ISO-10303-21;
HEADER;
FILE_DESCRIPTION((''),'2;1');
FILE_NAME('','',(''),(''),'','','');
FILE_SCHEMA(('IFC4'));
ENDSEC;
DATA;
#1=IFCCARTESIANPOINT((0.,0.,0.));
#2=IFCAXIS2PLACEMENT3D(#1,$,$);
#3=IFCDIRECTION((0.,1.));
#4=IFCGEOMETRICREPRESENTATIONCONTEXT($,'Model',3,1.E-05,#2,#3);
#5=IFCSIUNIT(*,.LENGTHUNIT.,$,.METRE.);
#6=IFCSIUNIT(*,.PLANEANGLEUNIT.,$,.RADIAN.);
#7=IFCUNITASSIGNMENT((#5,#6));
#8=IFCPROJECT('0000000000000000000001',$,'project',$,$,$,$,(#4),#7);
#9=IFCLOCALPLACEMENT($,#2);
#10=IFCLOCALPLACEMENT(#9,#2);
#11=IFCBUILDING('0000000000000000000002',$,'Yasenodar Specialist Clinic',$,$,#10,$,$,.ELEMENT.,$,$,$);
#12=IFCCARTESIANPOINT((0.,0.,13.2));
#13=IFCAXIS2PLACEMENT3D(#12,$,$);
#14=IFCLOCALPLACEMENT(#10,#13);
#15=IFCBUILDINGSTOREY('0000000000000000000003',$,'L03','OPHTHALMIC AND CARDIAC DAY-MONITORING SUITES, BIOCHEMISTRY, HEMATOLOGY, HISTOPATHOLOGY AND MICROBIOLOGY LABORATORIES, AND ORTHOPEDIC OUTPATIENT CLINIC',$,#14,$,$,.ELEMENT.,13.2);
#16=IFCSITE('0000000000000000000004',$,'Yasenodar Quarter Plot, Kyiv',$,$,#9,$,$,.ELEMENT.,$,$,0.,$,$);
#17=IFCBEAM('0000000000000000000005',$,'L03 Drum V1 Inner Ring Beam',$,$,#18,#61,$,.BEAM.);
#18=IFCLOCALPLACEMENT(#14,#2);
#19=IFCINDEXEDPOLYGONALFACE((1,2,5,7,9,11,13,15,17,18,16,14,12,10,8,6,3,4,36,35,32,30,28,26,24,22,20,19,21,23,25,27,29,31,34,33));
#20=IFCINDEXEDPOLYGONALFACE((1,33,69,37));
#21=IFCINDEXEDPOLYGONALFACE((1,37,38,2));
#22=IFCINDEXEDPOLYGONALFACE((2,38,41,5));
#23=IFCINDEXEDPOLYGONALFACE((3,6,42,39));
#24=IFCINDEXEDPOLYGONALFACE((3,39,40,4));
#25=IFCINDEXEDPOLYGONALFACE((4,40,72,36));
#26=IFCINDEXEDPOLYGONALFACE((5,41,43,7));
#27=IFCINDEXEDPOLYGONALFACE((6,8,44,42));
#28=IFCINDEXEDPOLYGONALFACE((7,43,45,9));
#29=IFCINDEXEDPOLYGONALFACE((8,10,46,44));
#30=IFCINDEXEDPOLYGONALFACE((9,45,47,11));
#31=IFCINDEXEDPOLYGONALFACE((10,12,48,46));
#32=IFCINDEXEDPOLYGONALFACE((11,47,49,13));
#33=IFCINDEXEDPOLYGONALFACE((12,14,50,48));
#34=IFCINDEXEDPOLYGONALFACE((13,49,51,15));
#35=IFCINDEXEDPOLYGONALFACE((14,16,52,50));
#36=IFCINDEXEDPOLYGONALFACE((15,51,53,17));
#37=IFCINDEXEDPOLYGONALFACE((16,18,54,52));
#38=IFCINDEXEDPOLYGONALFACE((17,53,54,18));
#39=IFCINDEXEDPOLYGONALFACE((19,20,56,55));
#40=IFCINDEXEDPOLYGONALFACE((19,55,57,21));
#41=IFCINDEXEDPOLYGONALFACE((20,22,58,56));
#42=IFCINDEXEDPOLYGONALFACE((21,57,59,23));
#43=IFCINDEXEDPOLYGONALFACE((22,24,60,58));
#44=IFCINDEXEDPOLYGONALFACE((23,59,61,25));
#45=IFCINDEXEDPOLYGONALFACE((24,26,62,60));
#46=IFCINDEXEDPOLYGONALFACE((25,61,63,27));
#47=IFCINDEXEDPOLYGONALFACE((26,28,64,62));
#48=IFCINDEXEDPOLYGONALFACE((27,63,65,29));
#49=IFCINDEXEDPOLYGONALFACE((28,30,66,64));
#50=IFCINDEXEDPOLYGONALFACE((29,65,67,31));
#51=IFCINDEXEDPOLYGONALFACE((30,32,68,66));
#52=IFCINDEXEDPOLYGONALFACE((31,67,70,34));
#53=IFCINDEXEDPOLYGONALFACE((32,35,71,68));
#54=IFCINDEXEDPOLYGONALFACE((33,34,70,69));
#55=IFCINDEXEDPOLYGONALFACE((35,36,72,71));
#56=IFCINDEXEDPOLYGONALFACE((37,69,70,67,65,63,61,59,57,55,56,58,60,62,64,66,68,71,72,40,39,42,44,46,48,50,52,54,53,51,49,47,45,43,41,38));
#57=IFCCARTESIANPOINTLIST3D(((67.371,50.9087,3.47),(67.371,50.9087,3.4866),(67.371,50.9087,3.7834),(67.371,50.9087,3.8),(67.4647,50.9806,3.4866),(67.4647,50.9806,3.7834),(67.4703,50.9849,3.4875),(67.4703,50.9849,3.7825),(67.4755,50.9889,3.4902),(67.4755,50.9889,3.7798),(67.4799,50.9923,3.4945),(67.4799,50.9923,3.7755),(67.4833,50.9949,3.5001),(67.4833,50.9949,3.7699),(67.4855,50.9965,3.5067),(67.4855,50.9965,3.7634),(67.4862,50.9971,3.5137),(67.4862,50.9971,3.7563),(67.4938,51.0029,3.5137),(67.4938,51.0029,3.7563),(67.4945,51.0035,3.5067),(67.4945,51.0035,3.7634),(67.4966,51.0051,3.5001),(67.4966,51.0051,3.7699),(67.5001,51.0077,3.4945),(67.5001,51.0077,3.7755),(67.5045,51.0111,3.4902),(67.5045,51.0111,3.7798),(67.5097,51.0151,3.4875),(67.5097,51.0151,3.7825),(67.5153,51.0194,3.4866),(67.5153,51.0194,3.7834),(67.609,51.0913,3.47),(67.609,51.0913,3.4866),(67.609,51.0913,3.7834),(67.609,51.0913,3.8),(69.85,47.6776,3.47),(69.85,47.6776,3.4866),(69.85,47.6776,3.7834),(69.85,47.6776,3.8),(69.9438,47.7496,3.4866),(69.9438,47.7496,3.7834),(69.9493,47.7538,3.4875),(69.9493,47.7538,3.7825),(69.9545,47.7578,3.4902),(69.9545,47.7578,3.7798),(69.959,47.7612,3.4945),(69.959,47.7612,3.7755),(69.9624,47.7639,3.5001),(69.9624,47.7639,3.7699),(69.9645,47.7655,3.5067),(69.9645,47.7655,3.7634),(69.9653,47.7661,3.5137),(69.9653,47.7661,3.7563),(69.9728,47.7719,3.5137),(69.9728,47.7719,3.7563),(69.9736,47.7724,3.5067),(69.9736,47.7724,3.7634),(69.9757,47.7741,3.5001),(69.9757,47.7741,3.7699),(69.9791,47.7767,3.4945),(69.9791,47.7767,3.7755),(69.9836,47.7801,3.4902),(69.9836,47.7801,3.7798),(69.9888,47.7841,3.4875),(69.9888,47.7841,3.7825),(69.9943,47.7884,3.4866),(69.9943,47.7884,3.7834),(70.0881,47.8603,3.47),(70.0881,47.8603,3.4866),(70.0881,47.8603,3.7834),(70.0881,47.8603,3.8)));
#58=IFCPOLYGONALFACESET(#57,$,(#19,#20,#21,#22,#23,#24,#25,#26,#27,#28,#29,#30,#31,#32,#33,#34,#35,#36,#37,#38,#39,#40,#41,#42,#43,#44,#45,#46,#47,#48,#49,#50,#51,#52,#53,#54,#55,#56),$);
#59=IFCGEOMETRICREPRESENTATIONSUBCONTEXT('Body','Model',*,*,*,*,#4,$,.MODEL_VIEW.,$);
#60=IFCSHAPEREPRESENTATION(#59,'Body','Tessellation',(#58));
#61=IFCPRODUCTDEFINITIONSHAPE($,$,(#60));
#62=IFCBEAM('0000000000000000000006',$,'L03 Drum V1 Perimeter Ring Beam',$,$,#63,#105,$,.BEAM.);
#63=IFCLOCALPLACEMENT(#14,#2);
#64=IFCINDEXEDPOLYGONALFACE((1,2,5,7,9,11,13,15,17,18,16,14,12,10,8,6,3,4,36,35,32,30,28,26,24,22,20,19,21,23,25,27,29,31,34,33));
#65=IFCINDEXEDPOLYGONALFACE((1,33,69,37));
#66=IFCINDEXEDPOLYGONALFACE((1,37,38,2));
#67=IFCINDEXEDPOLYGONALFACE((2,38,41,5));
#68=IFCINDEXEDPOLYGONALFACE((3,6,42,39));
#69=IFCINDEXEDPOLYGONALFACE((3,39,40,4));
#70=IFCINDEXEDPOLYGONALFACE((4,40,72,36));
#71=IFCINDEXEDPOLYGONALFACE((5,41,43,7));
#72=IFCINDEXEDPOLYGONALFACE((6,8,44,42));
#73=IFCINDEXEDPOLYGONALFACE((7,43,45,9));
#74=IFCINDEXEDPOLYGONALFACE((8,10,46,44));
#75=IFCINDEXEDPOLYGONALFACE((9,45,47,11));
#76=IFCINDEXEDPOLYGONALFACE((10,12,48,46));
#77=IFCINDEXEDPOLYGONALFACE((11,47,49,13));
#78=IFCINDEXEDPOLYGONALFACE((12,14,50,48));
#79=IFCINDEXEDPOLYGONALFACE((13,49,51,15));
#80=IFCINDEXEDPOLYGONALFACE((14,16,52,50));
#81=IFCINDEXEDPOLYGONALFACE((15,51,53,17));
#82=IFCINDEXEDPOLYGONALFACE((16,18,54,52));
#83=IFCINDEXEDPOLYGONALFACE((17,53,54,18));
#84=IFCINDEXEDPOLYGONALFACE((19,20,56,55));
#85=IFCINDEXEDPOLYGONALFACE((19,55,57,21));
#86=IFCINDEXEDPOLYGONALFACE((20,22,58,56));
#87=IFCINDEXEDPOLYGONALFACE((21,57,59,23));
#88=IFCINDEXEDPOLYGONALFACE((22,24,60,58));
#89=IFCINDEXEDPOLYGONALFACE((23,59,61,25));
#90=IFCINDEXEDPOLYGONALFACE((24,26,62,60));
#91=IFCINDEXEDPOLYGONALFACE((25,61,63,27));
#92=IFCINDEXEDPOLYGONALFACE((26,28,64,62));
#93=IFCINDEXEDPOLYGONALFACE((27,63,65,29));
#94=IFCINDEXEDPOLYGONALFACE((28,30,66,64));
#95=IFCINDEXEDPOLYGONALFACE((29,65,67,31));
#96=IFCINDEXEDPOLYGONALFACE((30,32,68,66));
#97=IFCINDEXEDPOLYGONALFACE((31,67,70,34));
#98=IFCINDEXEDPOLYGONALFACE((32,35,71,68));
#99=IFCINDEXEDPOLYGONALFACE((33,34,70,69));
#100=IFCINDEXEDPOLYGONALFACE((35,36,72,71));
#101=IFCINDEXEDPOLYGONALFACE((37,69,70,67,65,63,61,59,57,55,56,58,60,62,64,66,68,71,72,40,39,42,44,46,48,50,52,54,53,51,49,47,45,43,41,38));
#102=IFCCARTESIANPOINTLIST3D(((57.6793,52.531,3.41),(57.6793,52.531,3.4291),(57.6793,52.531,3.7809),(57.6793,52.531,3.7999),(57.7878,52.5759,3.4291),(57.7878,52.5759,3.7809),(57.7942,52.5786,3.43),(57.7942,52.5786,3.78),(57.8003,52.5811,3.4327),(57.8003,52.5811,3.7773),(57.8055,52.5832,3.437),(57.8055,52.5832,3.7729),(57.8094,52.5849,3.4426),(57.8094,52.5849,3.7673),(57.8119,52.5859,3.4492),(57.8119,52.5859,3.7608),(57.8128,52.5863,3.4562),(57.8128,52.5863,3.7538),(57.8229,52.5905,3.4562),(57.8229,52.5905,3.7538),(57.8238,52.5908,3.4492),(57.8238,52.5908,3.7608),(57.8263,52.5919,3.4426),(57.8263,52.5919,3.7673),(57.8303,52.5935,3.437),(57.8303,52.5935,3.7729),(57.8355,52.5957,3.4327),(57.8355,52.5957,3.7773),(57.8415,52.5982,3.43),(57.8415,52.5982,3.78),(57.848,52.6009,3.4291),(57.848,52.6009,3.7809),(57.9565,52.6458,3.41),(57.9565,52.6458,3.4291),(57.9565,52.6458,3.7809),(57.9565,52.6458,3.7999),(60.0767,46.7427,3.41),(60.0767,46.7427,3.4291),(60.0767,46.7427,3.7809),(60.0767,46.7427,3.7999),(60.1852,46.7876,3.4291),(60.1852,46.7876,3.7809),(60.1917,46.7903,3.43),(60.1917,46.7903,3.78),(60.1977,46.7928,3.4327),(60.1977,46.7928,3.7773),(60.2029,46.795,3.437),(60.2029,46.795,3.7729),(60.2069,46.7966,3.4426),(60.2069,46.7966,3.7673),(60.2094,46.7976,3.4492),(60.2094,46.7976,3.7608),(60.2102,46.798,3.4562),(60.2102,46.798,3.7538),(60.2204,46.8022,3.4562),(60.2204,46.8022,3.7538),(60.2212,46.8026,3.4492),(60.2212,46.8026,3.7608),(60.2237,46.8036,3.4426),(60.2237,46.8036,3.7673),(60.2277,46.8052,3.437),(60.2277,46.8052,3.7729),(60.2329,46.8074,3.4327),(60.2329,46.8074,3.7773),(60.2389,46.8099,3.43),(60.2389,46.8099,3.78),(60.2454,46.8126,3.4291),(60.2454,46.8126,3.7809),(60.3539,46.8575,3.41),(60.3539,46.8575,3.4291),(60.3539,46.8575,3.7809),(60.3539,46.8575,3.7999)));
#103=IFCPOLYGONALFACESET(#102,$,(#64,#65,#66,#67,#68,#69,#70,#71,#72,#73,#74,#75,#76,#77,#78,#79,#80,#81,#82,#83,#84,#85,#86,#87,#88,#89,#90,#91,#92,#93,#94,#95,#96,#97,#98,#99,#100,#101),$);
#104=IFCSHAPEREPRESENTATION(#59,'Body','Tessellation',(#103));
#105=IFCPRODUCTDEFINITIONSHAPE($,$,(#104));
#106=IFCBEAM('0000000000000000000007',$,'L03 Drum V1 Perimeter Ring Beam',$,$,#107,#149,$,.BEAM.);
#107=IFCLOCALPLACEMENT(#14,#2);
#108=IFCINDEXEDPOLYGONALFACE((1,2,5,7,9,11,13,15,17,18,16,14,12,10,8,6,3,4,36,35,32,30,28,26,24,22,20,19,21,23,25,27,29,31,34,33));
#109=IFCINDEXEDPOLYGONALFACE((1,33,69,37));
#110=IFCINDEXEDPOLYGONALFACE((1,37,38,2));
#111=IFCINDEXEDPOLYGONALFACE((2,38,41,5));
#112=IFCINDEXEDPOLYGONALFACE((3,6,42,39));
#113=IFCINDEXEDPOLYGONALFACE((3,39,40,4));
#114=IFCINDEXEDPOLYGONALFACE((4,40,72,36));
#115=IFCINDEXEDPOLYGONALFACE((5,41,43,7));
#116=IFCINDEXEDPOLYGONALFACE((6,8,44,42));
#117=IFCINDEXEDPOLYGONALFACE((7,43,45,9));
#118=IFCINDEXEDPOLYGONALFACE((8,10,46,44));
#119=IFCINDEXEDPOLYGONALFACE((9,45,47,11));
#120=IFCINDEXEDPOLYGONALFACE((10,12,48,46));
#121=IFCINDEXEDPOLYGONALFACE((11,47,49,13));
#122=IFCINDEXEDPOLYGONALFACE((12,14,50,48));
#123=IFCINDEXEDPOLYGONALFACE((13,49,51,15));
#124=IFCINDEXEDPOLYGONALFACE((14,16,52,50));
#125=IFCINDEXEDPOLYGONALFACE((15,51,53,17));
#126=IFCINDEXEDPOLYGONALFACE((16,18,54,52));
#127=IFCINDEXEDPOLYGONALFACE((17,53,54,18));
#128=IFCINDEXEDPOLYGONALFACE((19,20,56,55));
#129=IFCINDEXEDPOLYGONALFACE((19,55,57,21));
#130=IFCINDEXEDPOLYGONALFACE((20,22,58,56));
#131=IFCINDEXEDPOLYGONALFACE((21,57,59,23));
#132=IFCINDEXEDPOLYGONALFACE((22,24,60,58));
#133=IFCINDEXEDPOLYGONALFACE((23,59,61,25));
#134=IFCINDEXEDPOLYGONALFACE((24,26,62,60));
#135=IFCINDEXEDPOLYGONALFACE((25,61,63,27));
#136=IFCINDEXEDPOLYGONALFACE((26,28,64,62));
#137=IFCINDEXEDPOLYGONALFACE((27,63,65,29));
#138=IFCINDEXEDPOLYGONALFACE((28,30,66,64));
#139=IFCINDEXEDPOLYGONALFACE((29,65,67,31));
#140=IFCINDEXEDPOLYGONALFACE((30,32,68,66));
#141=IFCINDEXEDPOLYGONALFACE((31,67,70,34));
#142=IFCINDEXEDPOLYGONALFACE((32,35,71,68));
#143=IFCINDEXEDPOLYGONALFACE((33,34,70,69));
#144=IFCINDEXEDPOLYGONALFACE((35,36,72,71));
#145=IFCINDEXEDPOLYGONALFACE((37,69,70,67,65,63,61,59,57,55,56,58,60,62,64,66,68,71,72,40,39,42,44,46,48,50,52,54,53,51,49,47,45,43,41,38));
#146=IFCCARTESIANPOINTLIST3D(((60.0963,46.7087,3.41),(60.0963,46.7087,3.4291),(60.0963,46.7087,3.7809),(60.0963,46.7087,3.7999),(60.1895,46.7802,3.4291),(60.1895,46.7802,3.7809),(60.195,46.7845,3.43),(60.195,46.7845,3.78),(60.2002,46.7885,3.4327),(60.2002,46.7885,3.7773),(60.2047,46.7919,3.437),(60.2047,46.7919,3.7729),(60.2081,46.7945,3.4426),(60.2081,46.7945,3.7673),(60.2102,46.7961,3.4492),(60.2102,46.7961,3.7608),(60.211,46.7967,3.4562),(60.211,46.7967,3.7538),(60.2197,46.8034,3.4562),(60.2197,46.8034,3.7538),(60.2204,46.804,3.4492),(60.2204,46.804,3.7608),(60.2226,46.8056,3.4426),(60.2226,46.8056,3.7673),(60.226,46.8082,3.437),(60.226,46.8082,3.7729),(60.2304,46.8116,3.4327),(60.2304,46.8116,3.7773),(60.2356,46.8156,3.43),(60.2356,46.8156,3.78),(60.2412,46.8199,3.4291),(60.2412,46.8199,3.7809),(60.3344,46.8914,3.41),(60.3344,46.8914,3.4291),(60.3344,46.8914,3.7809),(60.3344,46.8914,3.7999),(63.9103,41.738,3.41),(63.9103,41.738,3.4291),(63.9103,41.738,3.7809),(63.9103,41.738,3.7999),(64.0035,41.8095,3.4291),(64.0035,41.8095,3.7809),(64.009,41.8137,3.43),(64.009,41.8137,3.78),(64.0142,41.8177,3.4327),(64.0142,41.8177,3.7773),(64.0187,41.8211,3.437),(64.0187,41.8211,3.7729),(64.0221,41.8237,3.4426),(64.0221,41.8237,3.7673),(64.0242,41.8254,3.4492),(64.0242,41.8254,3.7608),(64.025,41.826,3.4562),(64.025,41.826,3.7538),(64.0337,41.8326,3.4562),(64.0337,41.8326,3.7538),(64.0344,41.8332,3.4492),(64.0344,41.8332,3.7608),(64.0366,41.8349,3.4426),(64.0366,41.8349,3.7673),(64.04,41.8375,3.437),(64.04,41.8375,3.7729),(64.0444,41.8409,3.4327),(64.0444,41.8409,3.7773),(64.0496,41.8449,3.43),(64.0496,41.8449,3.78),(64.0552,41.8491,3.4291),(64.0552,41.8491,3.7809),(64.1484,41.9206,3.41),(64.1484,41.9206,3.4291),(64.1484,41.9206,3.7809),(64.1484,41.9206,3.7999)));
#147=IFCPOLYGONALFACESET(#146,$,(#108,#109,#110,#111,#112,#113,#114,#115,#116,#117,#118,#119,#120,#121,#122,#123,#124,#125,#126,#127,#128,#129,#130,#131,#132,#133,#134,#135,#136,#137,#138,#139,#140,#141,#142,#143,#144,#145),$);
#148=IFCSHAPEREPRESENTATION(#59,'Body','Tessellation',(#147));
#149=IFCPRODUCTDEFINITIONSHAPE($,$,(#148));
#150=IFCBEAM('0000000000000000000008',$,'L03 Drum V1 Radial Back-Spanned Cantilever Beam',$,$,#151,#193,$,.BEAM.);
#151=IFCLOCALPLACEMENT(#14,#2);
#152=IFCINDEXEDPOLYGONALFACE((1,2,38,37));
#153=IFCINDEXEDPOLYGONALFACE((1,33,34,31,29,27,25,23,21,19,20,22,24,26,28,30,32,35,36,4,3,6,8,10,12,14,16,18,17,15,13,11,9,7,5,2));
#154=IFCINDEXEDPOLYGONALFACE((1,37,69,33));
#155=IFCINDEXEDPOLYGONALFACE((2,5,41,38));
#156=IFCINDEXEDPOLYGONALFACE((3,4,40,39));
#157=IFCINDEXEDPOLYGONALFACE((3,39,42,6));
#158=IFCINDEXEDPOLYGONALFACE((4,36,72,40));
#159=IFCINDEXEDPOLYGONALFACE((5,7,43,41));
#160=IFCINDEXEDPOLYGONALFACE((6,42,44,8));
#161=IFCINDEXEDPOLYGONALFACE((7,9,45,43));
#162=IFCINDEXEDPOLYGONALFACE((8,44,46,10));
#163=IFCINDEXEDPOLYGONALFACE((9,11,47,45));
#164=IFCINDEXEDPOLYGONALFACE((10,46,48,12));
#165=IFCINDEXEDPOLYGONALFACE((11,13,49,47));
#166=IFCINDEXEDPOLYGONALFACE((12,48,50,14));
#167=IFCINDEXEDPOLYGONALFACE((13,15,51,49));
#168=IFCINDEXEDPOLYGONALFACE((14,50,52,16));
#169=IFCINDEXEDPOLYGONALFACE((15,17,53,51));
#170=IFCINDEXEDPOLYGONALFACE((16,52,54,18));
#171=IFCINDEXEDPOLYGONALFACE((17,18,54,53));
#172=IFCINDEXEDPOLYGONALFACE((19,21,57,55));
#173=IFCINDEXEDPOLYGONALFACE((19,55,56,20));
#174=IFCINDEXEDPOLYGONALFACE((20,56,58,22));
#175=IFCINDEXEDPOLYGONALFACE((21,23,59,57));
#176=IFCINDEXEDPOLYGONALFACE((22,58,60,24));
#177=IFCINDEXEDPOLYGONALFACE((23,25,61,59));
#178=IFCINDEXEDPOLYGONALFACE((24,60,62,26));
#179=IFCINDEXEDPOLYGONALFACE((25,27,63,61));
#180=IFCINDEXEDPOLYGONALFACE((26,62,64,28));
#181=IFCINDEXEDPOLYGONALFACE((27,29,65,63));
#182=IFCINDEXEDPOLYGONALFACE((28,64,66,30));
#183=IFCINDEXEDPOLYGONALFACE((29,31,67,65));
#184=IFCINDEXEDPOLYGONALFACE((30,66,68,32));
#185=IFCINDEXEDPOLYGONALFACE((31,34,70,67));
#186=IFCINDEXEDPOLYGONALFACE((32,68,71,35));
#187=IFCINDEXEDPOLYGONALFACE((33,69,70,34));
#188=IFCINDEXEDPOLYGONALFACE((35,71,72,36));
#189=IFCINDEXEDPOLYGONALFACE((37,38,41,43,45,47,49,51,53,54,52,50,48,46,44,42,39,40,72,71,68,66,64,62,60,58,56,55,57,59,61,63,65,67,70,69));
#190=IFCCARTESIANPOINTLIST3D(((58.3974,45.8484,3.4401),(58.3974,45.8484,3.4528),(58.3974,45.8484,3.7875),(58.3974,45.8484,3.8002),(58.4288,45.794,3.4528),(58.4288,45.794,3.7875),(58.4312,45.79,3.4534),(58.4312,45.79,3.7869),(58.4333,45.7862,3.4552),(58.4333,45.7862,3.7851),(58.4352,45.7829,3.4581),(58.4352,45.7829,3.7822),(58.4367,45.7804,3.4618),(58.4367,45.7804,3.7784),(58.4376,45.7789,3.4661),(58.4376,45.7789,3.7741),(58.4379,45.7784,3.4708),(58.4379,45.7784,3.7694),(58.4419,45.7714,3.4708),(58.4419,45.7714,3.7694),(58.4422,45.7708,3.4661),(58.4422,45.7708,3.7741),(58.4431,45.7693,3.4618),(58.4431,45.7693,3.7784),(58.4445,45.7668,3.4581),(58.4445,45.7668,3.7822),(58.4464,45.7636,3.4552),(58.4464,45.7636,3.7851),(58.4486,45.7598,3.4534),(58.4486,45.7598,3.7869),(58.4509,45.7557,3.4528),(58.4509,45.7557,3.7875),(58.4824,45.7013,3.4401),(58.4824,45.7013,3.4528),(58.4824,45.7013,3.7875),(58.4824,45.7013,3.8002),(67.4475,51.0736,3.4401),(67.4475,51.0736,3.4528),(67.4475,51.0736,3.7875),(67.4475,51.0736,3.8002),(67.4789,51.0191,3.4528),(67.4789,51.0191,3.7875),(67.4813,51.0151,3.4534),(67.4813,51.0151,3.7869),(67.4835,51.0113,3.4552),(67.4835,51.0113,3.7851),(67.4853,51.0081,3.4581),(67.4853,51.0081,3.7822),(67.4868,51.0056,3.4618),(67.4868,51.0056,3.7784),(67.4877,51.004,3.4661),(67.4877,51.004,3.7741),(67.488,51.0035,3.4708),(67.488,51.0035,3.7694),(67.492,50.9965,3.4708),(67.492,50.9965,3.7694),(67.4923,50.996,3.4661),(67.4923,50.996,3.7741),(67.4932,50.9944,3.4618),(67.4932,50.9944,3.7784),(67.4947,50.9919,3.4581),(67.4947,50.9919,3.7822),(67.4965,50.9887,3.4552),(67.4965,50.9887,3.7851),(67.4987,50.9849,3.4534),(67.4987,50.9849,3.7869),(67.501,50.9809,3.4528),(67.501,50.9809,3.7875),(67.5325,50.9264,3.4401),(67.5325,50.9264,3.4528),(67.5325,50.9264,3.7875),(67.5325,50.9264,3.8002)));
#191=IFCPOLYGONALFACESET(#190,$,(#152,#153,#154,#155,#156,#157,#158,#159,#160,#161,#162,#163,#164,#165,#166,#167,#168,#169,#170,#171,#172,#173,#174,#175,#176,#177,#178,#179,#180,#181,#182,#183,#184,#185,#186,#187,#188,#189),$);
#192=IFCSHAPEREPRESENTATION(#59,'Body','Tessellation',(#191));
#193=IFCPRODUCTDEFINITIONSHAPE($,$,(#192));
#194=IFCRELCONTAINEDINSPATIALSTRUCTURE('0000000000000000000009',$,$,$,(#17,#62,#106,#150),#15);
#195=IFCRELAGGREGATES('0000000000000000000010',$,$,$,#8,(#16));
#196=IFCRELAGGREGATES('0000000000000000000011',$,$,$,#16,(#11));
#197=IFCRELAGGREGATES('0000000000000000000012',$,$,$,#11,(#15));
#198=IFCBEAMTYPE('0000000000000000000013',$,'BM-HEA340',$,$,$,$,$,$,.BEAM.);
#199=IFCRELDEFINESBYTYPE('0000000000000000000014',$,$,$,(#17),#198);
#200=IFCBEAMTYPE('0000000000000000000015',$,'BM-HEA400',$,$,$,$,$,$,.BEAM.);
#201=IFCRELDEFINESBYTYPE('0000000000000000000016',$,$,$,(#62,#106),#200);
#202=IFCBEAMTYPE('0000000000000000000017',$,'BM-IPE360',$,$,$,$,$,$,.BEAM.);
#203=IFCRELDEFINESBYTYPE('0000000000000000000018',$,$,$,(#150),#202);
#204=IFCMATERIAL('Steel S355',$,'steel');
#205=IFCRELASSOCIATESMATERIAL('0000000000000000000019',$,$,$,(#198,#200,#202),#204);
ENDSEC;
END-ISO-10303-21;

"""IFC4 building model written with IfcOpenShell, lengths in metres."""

from ifc_helpers import new_model, si_unit, direction, frame, origin, origin_2d, place, context, subcontext, project, spatial, i_section, extrude, material, material_profile, profile_set, type_object, element, save


model = new_model("IFC4")

# Units and contexts
model_context = context("Model", 3, precision=1e-05, world=origin(), true_north=direction((0.0, 1.0)))
body_context = subcontext(model_context, "Body", "Model", "MODEL_VIEW")
ifc_project = project(units=[si_unit("LENGTHUNIT", "METRE"), si_unit("PLANEANGLEUNIT", "RADIAN")], contexts=[model_context])

# Site, building, storey
site_placement = place(None, origin())
site = spatial("IfcSite", under=ifc_project, at=site_placement, Name="Yasenodar Quarter Plot, Kyiv", CompositionType="ELEMENT", RefElevation=0.0)
building_placement = place(site_placement, origin())
building = spatial("IfcBuilding", under=site, at=building_placement, Name="Yasenodar Specialist Clinic", CompositionType="ELEMENT")
storey_placement = place(building_placement, frame((0.0, 0.0, 13.2)))
storey = spatial("IfcBuildingStorey", under=building, at=storey_placement, Name="L03", Description="OPHTHALMIC AND CARDIAC DAY-MONITORING SUITES, BIOCHEMISTRY, HEMATOLOGY, HISTOPATHOLOGY AND MICROBIOLOGY LABORATORIES, AND ORTHOPEDIC OUTPATIENT CLINIC", CompositionType="ELEMENT", Elevation=13.2)

# Shared definitions
ifc_material_1 = material(Name="Steel S355", Category="steel")

# Beams
ifc_material_profile_1 = material_profile(ifc_material_1, i_section(OverallWidth=0.3, OverallDepth=0.3301, WebThickness=0.0095, FlangeThickness=0.0166, FilletRadius=0.0271, at=origin_2d()), Name="HEA 340")
ifc_profile_set_1 = profile_set([ifc_material_profile_1], Name="Steel S355")
beam_type_1 = type_object("IfcBeamType", Name="BM-HEA340", PredefinedType="BEAM", material=ifc_profile_set_1)
beam_1_placement = place(storey_placement, frame((67.49, 51.0, 3.635), z_axis=(0.608731, -0.793377, 0.0), x_axis=(0.793377, 0.608731, 0.0)))
element("IfcBeam", 1, at=beam_1_placement, inside=storey, type_object=beam_type_1, Name="L03 Drum V1 Inner Ring Beam", PredefinedType="BEAM", context=body_context, shape_type="SweptSolid", body=[
    extrude(i_section(OverallWidth=0.3, OverallDepth=0.3301, WebThickness=0.0095, FlangeThickness=0.0166, FilletRadius=0.0271, at=origin_2d()), origin(), (0.0, 0.0, 1.0), 4.0725),
])
ifc_material_profile_2 = material_profile(ifc_material_1, i_section(OverallWidth=0.3, OverallDepth=0.3899, WebThickness=0.011, FlangeThickness=0.019, FilletRadius=0.0271, at=origin_2d()), Name="HEA 400")
ifc_profile_set_2 = profile_set([ifc_material_profile_2], Name="Steel S355")
beam_type_2 = type_object("IfcBeamType", Name="BM-HEA400", PredefinedType="BEAM", material=ifc_profile_set_2)
beam_2_placement = place(storey_placement, frame((57.8179, 52.5884, 3.605), z_axis=(0.382664, -0.923888, 0.0), x_axis=(0.923888, 0.382664, 0.0)))
element("IfcBeam", 2, at=beam_2_placement, inside=storey, type_object=beam_type_2, Name="L03 Drum V1 Perimeter Ring Beam", PredefinedType="BEAM", context=body_context, shape_type="SweptSolid", body=[
    extrude(i_section(OverallWidth=0.3, OverallDepth=0.3899, WebThickness=0.011, FlangeThickness=0.019, FilletRadius=0.0271, at=origin_2d()), origin(), (0.0, 0.0, 1.0), 6.2651),
])
beam_3_placement = place(storey_placement, frame((60.2153, 46.8, 3.605), z_axis=(0.608742, -0.793368, 0.0), x_axis=(0.793368, 0.608742, 0.0)))
element("IfcBeam", 3, at=beam_3_placement, inside=storey, type_object=beam_type_2, Name="L03 Drum V1 Perimeter Ring Beam", PredefinedType="BEAM", context=body_context, shape_type="SweptSolid", body=[
    extrude(i_section(OverallWidth=0.3, OverallDepth=0.3899, WebThickness=0.011, FlangeThickness=0.019, FilletRadius=0.0271, at=origin_2d()), origin(), (0.0, 0.0, 1.0), 6.2654),
])
ifc_material_profile_3 = material_profile(ifc_material_1, i_section(OverallWidth=0.1699, OverallDepth=0.3601, WebThickness=0.0081, FlangeThickness=0.0127, FilletRadius=0.0181, at=origin_2d()), Name="IPE 360")
ifc_profile_set_3 = profile_set([ifc_material_profile_3], Name="Steel S355")
beam_type_3 = type_object("IfcBeamType", Name="BM-IPE360", PredefinedType="BEAM", material=ifc_profile_set_3)
beam_4_placement = place(storey_placement, frame((67.49, 51.0, 3.6201), z_axis=(-0.866023, -0.500004, 0.0), x_axis=(0.500004, -0.866023, 0.0)))
element("IfcBeam", 4, at=beam_4_placement, inside=storey, type_object=beam_type_3, Name="L03 Drum V1 Radial Back-Spanned Cantilever Beam", PredefinedType="BEAM", context=body_context, shape_type="SweptSolid", body=[
    extrude(i_section(OverallWidth=0.1699, OverallDepth=0.3601, WebThickness=0.0081, FlangeThickness=0.0127, FilletRadius=0.0181, at=origin_2d()), origin(), (0.0, 0.0, 1.0), 10.4502),
])

save(model, "model.ifc")
